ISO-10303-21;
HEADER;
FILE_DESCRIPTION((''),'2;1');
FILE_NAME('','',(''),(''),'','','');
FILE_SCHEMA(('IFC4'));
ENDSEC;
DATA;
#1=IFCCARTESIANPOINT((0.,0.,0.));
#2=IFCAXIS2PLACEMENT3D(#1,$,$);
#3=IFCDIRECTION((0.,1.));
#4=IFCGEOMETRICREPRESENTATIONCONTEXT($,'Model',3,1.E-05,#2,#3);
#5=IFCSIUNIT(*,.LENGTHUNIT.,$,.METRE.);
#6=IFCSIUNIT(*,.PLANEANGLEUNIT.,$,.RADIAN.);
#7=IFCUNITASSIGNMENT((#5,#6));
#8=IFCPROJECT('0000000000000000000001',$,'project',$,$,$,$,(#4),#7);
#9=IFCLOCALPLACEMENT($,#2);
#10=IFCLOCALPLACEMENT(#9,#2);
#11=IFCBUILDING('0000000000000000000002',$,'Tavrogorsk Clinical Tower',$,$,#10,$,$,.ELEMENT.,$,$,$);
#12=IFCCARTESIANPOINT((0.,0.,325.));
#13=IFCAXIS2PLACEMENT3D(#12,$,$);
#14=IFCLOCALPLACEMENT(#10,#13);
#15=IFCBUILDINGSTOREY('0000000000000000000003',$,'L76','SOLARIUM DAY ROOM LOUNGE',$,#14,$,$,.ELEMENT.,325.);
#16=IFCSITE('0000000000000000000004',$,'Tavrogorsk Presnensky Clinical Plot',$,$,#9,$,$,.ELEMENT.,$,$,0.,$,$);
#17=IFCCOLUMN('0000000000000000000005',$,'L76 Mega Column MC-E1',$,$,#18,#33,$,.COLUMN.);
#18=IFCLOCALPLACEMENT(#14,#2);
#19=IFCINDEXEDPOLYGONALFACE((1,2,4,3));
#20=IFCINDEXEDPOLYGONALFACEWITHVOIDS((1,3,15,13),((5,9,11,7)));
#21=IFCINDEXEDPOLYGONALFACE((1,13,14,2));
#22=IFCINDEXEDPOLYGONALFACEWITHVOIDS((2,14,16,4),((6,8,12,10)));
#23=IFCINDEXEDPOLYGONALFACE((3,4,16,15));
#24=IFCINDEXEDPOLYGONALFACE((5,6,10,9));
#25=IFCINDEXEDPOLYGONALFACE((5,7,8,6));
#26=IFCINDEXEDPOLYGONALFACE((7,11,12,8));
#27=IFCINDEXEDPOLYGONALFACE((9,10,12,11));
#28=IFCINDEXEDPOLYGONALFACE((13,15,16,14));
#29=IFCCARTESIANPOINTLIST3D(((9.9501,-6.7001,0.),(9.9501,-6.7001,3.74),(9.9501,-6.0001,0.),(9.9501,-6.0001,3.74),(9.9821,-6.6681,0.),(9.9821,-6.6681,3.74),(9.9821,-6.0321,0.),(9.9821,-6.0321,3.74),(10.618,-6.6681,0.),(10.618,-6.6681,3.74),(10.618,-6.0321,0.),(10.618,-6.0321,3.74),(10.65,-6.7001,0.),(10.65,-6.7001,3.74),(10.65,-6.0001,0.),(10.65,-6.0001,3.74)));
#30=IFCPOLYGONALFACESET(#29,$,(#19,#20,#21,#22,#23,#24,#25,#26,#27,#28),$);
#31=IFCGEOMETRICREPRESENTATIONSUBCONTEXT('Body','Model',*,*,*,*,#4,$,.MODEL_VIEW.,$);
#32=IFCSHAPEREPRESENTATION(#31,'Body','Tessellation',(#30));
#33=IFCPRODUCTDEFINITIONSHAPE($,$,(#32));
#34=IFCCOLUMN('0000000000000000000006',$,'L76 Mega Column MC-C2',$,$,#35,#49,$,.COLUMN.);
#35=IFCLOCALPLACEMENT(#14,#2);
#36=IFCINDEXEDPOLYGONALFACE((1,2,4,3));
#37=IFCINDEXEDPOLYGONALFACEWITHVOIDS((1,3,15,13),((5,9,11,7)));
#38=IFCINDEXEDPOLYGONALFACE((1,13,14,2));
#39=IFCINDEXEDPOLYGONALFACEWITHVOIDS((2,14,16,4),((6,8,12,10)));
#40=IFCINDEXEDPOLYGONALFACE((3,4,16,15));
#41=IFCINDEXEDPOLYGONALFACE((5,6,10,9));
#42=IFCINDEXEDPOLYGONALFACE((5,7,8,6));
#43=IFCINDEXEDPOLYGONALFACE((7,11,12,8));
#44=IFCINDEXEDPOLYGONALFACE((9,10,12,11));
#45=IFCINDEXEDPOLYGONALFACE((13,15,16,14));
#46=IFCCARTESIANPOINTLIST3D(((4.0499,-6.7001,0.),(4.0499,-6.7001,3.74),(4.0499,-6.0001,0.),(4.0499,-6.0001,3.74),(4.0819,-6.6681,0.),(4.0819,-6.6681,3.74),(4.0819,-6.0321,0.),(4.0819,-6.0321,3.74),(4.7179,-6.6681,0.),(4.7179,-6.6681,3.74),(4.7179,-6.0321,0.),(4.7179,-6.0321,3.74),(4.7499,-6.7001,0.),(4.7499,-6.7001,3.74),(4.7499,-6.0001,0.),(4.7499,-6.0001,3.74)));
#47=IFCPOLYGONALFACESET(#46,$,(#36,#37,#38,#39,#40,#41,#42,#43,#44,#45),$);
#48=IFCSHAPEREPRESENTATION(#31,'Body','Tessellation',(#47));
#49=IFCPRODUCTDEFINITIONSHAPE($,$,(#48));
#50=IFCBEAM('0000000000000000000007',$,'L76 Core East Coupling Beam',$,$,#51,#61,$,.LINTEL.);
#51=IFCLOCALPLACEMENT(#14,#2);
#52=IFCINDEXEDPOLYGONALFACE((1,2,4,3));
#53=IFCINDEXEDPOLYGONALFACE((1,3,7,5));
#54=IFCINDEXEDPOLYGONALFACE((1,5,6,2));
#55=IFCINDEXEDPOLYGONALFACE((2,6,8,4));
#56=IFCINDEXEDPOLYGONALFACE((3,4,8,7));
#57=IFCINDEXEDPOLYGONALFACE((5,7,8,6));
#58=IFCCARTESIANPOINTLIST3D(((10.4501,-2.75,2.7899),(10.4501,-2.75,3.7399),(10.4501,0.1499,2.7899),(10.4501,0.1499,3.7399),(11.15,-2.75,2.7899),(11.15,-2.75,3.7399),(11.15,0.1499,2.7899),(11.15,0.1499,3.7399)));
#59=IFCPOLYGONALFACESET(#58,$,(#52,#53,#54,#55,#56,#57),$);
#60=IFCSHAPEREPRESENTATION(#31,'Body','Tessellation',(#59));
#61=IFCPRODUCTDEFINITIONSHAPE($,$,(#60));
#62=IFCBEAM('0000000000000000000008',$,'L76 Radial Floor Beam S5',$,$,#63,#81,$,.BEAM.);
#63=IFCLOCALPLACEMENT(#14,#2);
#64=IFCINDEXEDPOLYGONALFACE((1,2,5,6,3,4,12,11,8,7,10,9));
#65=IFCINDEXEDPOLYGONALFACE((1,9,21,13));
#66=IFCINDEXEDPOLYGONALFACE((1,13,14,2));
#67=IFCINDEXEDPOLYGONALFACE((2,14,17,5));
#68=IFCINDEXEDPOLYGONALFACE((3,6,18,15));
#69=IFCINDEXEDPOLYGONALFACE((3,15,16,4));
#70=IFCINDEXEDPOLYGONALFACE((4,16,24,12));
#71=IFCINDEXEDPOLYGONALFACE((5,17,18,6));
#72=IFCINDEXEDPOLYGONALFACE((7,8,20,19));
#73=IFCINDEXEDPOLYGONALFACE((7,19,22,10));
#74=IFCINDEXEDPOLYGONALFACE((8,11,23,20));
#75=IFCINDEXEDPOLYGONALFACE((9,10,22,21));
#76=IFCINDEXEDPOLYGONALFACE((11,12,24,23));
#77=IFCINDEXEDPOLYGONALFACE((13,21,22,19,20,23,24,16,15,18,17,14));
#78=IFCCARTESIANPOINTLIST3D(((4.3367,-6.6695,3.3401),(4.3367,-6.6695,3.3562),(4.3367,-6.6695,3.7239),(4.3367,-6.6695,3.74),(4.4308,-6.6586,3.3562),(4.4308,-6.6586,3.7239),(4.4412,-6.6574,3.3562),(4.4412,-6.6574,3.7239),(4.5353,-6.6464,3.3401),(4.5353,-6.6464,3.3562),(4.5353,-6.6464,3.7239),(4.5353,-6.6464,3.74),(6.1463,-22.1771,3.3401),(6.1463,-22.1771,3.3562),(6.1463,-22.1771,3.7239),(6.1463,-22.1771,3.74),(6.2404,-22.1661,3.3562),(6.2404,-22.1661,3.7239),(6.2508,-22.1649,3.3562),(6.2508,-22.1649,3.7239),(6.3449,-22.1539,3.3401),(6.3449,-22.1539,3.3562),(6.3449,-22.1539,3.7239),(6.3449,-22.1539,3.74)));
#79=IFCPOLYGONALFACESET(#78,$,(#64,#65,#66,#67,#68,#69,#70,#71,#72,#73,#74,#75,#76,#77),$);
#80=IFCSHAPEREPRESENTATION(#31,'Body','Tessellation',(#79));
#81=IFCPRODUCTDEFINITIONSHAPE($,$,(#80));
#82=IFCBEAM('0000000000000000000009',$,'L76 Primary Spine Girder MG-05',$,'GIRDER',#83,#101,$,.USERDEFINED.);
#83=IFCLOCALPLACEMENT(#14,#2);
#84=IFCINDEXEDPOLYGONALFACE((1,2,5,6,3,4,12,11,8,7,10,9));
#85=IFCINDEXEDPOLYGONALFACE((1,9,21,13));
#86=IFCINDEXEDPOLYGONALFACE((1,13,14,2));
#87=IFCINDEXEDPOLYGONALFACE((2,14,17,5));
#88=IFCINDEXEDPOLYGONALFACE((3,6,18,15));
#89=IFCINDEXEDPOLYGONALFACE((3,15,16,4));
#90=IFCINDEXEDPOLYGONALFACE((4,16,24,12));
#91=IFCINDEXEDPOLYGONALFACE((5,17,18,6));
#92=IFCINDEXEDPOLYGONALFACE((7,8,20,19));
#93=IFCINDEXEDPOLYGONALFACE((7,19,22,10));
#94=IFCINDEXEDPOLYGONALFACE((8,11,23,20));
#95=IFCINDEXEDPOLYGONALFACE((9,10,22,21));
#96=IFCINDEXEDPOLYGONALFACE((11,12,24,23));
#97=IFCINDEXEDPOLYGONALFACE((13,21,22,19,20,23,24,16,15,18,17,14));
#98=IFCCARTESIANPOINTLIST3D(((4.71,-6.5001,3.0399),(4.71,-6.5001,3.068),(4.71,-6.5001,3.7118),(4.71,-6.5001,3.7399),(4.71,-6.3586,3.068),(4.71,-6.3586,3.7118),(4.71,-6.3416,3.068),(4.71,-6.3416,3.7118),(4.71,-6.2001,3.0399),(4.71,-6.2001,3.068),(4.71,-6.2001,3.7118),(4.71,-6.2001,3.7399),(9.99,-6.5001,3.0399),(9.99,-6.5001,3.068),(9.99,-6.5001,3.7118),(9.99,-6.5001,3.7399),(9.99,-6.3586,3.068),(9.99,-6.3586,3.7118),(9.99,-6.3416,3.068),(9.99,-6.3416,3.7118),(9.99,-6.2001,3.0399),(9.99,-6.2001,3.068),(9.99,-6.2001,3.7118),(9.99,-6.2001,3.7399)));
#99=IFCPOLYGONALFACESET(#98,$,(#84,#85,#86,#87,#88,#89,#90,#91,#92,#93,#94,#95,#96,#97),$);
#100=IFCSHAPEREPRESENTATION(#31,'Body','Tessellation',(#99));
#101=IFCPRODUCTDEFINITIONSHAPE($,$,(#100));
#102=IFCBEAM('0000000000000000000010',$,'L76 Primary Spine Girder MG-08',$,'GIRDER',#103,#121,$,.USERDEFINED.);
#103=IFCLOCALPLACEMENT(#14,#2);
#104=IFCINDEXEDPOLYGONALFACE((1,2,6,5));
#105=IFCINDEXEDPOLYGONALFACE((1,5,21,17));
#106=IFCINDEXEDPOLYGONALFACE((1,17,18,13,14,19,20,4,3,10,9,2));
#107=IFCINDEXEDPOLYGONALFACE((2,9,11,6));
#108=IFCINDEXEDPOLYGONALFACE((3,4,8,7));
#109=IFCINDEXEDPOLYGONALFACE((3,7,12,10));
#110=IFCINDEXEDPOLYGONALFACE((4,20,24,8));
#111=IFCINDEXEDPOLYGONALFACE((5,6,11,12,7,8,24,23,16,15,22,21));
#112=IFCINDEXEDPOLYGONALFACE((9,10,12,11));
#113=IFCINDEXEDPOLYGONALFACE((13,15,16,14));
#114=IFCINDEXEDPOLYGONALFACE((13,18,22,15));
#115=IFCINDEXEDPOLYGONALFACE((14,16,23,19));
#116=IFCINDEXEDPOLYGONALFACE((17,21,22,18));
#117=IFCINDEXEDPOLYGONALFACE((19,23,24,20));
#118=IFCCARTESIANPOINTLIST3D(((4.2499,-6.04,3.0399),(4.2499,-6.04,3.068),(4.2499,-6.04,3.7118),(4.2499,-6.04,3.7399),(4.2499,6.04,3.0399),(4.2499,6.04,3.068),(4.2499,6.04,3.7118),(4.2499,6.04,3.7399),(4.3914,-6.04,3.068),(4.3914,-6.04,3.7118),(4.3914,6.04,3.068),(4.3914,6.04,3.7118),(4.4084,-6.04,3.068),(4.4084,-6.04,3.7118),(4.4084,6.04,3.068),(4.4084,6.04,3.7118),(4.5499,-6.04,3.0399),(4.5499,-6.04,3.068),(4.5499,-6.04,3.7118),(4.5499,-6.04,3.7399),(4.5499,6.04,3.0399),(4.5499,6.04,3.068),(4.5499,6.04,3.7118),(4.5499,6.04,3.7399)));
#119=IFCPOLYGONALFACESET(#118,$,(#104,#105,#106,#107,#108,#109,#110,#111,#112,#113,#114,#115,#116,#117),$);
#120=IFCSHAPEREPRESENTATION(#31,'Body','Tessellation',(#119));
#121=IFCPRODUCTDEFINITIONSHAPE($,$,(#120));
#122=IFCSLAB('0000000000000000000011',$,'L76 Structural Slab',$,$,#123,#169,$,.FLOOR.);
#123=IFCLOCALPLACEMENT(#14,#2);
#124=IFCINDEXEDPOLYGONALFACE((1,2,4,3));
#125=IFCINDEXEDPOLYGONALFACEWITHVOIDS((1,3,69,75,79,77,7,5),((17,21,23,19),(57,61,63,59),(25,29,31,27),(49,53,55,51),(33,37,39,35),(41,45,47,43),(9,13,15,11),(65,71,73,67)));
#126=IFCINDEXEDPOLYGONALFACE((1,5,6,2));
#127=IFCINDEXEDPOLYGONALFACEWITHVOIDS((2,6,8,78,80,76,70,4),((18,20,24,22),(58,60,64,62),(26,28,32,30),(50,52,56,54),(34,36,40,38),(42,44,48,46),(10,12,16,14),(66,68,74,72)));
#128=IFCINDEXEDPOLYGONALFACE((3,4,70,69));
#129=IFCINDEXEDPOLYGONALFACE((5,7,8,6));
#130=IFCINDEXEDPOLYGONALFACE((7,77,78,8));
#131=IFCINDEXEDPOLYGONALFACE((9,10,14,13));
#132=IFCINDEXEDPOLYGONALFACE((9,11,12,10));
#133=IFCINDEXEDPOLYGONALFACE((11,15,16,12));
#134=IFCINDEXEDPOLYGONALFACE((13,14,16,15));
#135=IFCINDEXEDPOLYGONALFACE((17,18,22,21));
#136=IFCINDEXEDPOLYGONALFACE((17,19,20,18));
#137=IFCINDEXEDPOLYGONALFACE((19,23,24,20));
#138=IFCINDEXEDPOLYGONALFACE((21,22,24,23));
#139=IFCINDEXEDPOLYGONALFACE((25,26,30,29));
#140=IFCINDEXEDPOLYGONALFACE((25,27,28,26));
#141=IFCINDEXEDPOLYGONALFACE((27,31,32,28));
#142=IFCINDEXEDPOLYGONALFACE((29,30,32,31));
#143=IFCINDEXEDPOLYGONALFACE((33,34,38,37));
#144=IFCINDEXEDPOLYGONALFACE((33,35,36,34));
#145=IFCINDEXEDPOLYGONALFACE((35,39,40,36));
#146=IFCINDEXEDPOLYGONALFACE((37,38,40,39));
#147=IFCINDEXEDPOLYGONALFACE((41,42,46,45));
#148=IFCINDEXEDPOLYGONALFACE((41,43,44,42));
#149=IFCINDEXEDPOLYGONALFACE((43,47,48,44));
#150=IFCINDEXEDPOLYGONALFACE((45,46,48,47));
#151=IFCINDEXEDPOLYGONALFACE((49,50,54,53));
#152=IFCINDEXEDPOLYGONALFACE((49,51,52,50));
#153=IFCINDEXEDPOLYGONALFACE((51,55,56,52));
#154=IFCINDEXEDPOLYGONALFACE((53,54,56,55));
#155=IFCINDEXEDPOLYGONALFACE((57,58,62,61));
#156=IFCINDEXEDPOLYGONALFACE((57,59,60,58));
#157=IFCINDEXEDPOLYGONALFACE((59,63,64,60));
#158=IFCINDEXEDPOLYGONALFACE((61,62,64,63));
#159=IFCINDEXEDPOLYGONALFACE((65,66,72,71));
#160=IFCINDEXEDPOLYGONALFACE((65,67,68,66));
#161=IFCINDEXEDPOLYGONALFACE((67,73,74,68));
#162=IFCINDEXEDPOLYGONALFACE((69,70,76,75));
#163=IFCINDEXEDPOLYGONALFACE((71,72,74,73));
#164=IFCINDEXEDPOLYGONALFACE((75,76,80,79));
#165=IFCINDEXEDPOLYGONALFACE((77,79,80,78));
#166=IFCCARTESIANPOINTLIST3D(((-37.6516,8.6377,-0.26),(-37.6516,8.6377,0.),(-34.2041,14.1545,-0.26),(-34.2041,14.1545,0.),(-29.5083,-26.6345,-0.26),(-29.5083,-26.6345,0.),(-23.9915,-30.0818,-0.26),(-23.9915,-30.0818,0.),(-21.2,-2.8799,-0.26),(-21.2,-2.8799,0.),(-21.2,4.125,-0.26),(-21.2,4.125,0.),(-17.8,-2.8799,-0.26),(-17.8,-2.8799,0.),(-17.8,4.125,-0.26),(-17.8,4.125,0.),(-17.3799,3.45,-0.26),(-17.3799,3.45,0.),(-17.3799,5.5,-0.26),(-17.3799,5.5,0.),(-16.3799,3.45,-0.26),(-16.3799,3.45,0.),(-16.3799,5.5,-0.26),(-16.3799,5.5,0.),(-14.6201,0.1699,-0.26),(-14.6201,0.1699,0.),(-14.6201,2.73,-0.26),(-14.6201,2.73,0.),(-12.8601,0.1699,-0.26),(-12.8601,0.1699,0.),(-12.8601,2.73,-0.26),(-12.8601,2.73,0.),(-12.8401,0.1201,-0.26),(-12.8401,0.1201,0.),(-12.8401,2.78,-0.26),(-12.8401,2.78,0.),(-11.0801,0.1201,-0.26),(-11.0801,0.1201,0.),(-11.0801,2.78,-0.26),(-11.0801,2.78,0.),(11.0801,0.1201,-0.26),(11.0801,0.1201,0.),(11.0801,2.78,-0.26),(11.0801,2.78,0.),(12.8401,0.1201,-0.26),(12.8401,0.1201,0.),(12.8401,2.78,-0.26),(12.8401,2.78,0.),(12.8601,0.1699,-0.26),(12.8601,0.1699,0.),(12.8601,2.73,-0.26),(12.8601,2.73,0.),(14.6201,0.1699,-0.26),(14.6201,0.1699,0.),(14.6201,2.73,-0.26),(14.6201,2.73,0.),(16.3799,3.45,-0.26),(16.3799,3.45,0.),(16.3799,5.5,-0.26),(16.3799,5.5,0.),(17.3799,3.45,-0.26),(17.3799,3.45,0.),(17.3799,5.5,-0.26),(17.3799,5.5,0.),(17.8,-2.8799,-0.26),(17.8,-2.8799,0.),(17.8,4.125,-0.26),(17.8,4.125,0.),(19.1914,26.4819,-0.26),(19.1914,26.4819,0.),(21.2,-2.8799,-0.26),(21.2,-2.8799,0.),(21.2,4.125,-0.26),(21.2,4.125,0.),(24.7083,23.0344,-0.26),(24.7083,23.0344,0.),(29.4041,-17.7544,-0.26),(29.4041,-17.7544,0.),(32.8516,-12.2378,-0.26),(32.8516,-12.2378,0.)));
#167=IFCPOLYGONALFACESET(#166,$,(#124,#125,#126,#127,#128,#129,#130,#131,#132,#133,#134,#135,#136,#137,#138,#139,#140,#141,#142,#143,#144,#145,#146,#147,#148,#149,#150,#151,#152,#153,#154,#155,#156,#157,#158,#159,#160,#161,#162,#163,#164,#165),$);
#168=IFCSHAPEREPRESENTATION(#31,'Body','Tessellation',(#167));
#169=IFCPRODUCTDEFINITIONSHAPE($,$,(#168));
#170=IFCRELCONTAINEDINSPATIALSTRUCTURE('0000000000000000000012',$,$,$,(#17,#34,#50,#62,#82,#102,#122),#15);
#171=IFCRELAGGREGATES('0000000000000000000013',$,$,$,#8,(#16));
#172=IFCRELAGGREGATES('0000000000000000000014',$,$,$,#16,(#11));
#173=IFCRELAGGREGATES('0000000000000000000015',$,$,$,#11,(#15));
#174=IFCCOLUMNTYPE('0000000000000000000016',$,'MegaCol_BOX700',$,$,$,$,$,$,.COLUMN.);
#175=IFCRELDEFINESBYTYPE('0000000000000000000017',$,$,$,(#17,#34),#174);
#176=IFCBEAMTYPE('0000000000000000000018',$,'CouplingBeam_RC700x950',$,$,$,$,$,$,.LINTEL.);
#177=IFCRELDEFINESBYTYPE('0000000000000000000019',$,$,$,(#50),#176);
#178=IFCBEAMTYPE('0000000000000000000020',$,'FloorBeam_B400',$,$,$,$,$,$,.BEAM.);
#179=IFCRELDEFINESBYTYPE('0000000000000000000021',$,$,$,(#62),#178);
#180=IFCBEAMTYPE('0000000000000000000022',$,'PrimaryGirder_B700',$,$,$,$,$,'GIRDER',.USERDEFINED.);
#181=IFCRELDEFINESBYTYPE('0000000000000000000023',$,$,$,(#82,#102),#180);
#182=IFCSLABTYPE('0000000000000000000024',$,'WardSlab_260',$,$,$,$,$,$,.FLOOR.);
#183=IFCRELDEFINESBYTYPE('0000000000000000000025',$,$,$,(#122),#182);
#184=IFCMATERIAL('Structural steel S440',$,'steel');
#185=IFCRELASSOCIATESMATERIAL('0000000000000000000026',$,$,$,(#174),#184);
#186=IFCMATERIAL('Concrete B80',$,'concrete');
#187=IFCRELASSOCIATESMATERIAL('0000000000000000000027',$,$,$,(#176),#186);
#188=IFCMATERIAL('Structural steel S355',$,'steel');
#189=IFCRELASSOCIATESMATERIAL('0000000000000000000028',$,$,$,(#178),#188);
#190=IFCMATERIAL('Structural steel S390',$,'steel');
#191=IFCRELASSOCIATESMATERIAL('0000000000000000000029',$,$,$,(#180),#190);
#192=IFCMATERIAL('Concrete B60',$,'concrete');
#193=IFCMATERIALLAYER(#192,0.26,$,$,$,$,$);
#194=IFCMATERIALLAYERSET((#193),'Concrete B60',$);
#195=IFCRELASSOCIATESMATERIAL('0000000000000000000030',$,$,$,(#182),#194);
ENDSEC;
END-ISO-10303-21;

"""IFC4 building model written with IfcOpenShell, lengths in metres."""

from ifc_helpers import new_model, si_unit, direction, frame, origin, origin_2d, place, context, subcontext, project, spatial, polyline, rectangle, hollow_rectangle, i_section, outline, extrude, material, layer, layer_set, material_profile, profile_set, type_object, element, save


model = new_model("IFC4")

# Units and contexts
model_context = context("Model", 3, precision=1e-05, world=origin(), true_north=direction((0.0, 1.0)))
body_context = subcontext(model_context, "Body", "Model", "MODEL_VIEW")
ifc_project = project(units=[si_unit("LENGTHUNIT", "METRE"), si_unit("PLANEANGLEUNIT", "RADIAN")], contexts=[model_context])

# Site, building, storey
site_placement = place(None, origin())
site = spatial("IfcSite", under=ifc_project, at=site_placement, Name="Tavrogorsk Presnensky Clinical Plot", CompositionType="ELEMENT", RefElevation=0.0)
building_placement = place(site_placement, origin())
building = spatial("IfcBuilding", under=site, at=building_placement, Name="Tavrogorsk Clinical Tower", CompositionType="ELEMENT")
storey_placement = place(building_placement, frame((0.0, 0.0, 325.0)))
storey = spatial("IfcBuildingStorey", under=building, at=storey_placement, Name="L76", Description="SOLARIUM DAY ROOM LOUNGE", CompositionType="ELEMENT", Elevation=325.0)

# Columns
ifc_material_1 = material(Name="Structural steel S440", Category="steel")
ifc_material_profile_1 = material_profile(ifc_material_1, hollow_rectangle(XDim=0.7, YDim=0.7, WallThickness=0.032, at=origin_2d()), Name="BOX-700x700x32")
ifc_profile_set_1 = profile_set([ifc_material_profile_1], Name="Structural steel S440")
column_type = type_object("IfcColumnType", Name="MegaCol_BOX700", PredefinedType="COLUMN", material=ifc_profile_set_1)
for number, where, z_axis, x_axis, name in (
    (1, (10.3, -6.3501, 0.0), (0.0, 0.0, 1.0), (1.0, 0.0, 0.0), "L76 Mega Column MC-E1"),
    (2, (4.3999, -6.3501, 0.0), (0.0, 0.0, 1.0), (1.0, 0.0, 0.0), "L76 Mega Column MC-C2"),
):
    element("IfcColumn", number, at=place(storey_placement, frame(where, z_axis=z_axis, x_axis=x_axis)), inside=storey, type_object=column_type, Name=name, PredefinedType="COLUMN", context=body_context, shape_type="SweptSolid", body=[
        extrude(hollow_rectangle(XDim=0.7, YDim=0.7, WallThickness=0.032, at=origin_2d()), origin(), (0.0, 0.0, 1.0), 3.74),
    ])

# Beams
ifc_material_2 = material(Name="Concrete B80", Category="concrete")
ifc_material_profile_2 = material_profile(ifc_material_2, rectangle(XDim=0.7, YDim=0.95, at=origin_2d()), Name="RC-CB-700x950")
ifc_profile_set_2 = profile_set([ifc_material_profile_2], Name="Concrete B80")
beam_type_1 = type_object("IfcBeamType", Name="CouplingBeam_RC700x950", PredefinedType="LINTEL", material=ifc_profile_set_2)
beam_1_placement = place(storey_placement, frame((10.8, -2.75, 3.2649), z_axis=(0.0, 1.0, 0.0), x_axis=(-1.0, 0.0, 0.0)))
element("IfcBeam", 3, at=beam_1_placement, inside=storey, type_object=beam_type_1, Name="L76 Core East Coupling Beam", PredefinedType="LINTEL", context=body_context, shape_type="SweptSolid", body=[
    extrude(rectangle(XDim=0.7, YDim=0.95, at=origin_2d()), origin(), (0.0, 0.0, 1.0), 2.8999),
])
ifc_material_3 = material(Name="Structural steel S355", Category="steel")
ifc_material_profile_3 = material_profile(ifc_material_3, i_section(OverallWidth=0.2, OverallDepth=0.3999, WebThickness=0.0105, FlangeThickness=0.0161, at=origin_2d()), Name="B-400x200x10.5x16")
ifc_profile_set_3 = profile_set([ifc_material_profile_3], Name="Structural steel S355")
beam_type_2 = type_object("IfcBeamType", Name="FloorBeam_B400", PredefinedType="BEAM", material=ifc_profile_set_3)
beam_2_placement = place(storey_placement, frame((4.436, -6.658, 3.54), z_axis=(0.115903, -0.993261, 0.0), x_axis=(0.993261, 0.115903, 0.0)))
element("IfcBeam", 4, at=beam_2_placement, inside=storey, type_object=beam_type_2, Name="L76 Radial Floor Beam S5", PredefinedType="BEAM", context=body_context, shape_type="SweptSolid", body=[
    extrude(i_section(OverallWidth=0.2, OverallDepth=0.3999, WebThickness=0.0105, FlangeThickness=0.0161, at=origin_2d()), origin(), (0.0, 0.0, 1.0), 15.6128),
])
ifc_material_4 = material(Name="Structural steel S390", Category="steel")
ifc_material_profile_4 = material_profile(ifc_material_4, i_section(OverallWidth=0.3, OverallDepth=0.7, WebThickness=0.0171, FlangeThickness=0.0281, at=origin_2d()), Name="B-700x300x17x28")
ifc_profile_set_4 = profile_set([ifc_material_profile_4], Name="Structural steel S390")
beam_type_3 = type_object("IfcBeamType", Name="PrimaryGirder_B700", ElementType="GIRDER", PredefinedType="USERDEFINED", material=ifc_profile_set_4)
beam_3_placement = place(storey_placement, frame((4.71, -6.3501, 3.3899), z_axis=(1.0, 0.0, 0.0), x_axis=(0.0, 1.0, 0.0)))
element("IfcBeam", 5, at=beam_3_placement, inside=storey, type_object=beam_type_3, Name="L76 Primary Spine Girder MG-05", ObjectType="GIRDER", PredefinedType="USERDEFINED", context=body_context, shape_type="SweptSolid", body=[
    extrude(i_section(OverallWidth=0.3, OverallDepth=0.7, WebThickness=0.0171, FlangeThickness=0.0281, at=origin_2d()), origin(), (0.0, 0.0, 1.0), 5.28),
])
beam_4_placement = place(storey_placement, frame((4.3999, -6.04, 3.3899), z_axis=(0.0, 1.0, 0.0), x_axis=(-1.0, 0.0, 0.0)))
element("IfcBeam", 6, at=beam_4_placement, inside=storey, type_object=beam_type_3, Name="L76 Primary Spine Girder MG-08", ObjectType="GIRDER", PredefinedType="USERDEFINED", context=body_context, shape_type="SweptSolid", body=[
    extrude(i_section(OverallWidth=0.3, OverallDepth=0.7, WebThickness=0.0171, FlangeThickness=0.0281, at=origin_2d()), origin(), (0.0, 0.0, 1.0), 12.0801),
])

# Slab
ifc_material_5 = material(Name="Concrete B60", Category="concrete")
ifc_layer_1 = layer(ifc_material_5, 0.26)
ifc_layer_set_1 = layer_set([ifc_layer_1], Name="Concrete B60")
slab_type = type_object("IfcSlabType", Name="WardSlab_260", PredefinedType="FLOOR", material=ifc_layer_set_1)
slab_placement = place(storey_placement, frame((0.0, 0.0, -0.26)))
element("IfcSlab", 7, at=slab_placement, inside=storey, type_object=slab_type, Name="L76 Structural Slab", PredefinedType="FLOOR", context=body_context, shape_type="SweptSolid", body=[
    extrude(outline(polyline([(-23.9915, -30.0818), (29.4041, -17.7544), (32.8516, -12.2378), (24.7083, 23.0344), (19.1914, 26.4819), (-34.2041, 14.1545), (-37.6516, 8.6377), (-29.5083, -26.6345), (-23.9915, -30.0818)]), holes=[polyline([(-17.8, -2.8799), (-17.8, 4.125), (-21.2, 4.125), (-21.2, -2.8799), (-17.8, -2.8799)]), polyline([(21.2, -2.8799), (21.2, 4.125), (17.8, 4.125), (17.8, -2.8799), (21.2, -2.8799)]), polyline([(-14.6201, 0.1699), (-12.8601, 0.1699), (-12.8601, 2.73), (-14.6201, 2.73), (-14.6201, 0.1699)]), polyline([(-12.8401, 0.1201), (-11.0801, 0.1201), (-11.0801, 2.78), (-12.8401, 2.78), (-12.8401, 0.1201)]), polyline([(12.8601, 0.1699), (14.6201, 0.1699), (14.6201, 2.73), (12.8601, 2.73), (12.8601, 0.1699)]), polyline([(11.0801, 0.1201), (12.8401, 0.1201), (12.8401, 2.78), (11.0801, 2.78), (11.0801, 0.1201)]), polyline([(-17.3799, 3.45), (-16.3799, 3.45), (-16.3799, 5.5), (-17.3799, 5.5), (-17.3799, 3.45)]), polyline([(16.3799, 3.45), (17.3799, 3.45), (17.3799, 5.5), (16.3799, 5.5), (16.3799, 3.45)])]), origin(), (0.0, 0.0, 1.0), 0.26),
])

save(model, "model.ifc")
